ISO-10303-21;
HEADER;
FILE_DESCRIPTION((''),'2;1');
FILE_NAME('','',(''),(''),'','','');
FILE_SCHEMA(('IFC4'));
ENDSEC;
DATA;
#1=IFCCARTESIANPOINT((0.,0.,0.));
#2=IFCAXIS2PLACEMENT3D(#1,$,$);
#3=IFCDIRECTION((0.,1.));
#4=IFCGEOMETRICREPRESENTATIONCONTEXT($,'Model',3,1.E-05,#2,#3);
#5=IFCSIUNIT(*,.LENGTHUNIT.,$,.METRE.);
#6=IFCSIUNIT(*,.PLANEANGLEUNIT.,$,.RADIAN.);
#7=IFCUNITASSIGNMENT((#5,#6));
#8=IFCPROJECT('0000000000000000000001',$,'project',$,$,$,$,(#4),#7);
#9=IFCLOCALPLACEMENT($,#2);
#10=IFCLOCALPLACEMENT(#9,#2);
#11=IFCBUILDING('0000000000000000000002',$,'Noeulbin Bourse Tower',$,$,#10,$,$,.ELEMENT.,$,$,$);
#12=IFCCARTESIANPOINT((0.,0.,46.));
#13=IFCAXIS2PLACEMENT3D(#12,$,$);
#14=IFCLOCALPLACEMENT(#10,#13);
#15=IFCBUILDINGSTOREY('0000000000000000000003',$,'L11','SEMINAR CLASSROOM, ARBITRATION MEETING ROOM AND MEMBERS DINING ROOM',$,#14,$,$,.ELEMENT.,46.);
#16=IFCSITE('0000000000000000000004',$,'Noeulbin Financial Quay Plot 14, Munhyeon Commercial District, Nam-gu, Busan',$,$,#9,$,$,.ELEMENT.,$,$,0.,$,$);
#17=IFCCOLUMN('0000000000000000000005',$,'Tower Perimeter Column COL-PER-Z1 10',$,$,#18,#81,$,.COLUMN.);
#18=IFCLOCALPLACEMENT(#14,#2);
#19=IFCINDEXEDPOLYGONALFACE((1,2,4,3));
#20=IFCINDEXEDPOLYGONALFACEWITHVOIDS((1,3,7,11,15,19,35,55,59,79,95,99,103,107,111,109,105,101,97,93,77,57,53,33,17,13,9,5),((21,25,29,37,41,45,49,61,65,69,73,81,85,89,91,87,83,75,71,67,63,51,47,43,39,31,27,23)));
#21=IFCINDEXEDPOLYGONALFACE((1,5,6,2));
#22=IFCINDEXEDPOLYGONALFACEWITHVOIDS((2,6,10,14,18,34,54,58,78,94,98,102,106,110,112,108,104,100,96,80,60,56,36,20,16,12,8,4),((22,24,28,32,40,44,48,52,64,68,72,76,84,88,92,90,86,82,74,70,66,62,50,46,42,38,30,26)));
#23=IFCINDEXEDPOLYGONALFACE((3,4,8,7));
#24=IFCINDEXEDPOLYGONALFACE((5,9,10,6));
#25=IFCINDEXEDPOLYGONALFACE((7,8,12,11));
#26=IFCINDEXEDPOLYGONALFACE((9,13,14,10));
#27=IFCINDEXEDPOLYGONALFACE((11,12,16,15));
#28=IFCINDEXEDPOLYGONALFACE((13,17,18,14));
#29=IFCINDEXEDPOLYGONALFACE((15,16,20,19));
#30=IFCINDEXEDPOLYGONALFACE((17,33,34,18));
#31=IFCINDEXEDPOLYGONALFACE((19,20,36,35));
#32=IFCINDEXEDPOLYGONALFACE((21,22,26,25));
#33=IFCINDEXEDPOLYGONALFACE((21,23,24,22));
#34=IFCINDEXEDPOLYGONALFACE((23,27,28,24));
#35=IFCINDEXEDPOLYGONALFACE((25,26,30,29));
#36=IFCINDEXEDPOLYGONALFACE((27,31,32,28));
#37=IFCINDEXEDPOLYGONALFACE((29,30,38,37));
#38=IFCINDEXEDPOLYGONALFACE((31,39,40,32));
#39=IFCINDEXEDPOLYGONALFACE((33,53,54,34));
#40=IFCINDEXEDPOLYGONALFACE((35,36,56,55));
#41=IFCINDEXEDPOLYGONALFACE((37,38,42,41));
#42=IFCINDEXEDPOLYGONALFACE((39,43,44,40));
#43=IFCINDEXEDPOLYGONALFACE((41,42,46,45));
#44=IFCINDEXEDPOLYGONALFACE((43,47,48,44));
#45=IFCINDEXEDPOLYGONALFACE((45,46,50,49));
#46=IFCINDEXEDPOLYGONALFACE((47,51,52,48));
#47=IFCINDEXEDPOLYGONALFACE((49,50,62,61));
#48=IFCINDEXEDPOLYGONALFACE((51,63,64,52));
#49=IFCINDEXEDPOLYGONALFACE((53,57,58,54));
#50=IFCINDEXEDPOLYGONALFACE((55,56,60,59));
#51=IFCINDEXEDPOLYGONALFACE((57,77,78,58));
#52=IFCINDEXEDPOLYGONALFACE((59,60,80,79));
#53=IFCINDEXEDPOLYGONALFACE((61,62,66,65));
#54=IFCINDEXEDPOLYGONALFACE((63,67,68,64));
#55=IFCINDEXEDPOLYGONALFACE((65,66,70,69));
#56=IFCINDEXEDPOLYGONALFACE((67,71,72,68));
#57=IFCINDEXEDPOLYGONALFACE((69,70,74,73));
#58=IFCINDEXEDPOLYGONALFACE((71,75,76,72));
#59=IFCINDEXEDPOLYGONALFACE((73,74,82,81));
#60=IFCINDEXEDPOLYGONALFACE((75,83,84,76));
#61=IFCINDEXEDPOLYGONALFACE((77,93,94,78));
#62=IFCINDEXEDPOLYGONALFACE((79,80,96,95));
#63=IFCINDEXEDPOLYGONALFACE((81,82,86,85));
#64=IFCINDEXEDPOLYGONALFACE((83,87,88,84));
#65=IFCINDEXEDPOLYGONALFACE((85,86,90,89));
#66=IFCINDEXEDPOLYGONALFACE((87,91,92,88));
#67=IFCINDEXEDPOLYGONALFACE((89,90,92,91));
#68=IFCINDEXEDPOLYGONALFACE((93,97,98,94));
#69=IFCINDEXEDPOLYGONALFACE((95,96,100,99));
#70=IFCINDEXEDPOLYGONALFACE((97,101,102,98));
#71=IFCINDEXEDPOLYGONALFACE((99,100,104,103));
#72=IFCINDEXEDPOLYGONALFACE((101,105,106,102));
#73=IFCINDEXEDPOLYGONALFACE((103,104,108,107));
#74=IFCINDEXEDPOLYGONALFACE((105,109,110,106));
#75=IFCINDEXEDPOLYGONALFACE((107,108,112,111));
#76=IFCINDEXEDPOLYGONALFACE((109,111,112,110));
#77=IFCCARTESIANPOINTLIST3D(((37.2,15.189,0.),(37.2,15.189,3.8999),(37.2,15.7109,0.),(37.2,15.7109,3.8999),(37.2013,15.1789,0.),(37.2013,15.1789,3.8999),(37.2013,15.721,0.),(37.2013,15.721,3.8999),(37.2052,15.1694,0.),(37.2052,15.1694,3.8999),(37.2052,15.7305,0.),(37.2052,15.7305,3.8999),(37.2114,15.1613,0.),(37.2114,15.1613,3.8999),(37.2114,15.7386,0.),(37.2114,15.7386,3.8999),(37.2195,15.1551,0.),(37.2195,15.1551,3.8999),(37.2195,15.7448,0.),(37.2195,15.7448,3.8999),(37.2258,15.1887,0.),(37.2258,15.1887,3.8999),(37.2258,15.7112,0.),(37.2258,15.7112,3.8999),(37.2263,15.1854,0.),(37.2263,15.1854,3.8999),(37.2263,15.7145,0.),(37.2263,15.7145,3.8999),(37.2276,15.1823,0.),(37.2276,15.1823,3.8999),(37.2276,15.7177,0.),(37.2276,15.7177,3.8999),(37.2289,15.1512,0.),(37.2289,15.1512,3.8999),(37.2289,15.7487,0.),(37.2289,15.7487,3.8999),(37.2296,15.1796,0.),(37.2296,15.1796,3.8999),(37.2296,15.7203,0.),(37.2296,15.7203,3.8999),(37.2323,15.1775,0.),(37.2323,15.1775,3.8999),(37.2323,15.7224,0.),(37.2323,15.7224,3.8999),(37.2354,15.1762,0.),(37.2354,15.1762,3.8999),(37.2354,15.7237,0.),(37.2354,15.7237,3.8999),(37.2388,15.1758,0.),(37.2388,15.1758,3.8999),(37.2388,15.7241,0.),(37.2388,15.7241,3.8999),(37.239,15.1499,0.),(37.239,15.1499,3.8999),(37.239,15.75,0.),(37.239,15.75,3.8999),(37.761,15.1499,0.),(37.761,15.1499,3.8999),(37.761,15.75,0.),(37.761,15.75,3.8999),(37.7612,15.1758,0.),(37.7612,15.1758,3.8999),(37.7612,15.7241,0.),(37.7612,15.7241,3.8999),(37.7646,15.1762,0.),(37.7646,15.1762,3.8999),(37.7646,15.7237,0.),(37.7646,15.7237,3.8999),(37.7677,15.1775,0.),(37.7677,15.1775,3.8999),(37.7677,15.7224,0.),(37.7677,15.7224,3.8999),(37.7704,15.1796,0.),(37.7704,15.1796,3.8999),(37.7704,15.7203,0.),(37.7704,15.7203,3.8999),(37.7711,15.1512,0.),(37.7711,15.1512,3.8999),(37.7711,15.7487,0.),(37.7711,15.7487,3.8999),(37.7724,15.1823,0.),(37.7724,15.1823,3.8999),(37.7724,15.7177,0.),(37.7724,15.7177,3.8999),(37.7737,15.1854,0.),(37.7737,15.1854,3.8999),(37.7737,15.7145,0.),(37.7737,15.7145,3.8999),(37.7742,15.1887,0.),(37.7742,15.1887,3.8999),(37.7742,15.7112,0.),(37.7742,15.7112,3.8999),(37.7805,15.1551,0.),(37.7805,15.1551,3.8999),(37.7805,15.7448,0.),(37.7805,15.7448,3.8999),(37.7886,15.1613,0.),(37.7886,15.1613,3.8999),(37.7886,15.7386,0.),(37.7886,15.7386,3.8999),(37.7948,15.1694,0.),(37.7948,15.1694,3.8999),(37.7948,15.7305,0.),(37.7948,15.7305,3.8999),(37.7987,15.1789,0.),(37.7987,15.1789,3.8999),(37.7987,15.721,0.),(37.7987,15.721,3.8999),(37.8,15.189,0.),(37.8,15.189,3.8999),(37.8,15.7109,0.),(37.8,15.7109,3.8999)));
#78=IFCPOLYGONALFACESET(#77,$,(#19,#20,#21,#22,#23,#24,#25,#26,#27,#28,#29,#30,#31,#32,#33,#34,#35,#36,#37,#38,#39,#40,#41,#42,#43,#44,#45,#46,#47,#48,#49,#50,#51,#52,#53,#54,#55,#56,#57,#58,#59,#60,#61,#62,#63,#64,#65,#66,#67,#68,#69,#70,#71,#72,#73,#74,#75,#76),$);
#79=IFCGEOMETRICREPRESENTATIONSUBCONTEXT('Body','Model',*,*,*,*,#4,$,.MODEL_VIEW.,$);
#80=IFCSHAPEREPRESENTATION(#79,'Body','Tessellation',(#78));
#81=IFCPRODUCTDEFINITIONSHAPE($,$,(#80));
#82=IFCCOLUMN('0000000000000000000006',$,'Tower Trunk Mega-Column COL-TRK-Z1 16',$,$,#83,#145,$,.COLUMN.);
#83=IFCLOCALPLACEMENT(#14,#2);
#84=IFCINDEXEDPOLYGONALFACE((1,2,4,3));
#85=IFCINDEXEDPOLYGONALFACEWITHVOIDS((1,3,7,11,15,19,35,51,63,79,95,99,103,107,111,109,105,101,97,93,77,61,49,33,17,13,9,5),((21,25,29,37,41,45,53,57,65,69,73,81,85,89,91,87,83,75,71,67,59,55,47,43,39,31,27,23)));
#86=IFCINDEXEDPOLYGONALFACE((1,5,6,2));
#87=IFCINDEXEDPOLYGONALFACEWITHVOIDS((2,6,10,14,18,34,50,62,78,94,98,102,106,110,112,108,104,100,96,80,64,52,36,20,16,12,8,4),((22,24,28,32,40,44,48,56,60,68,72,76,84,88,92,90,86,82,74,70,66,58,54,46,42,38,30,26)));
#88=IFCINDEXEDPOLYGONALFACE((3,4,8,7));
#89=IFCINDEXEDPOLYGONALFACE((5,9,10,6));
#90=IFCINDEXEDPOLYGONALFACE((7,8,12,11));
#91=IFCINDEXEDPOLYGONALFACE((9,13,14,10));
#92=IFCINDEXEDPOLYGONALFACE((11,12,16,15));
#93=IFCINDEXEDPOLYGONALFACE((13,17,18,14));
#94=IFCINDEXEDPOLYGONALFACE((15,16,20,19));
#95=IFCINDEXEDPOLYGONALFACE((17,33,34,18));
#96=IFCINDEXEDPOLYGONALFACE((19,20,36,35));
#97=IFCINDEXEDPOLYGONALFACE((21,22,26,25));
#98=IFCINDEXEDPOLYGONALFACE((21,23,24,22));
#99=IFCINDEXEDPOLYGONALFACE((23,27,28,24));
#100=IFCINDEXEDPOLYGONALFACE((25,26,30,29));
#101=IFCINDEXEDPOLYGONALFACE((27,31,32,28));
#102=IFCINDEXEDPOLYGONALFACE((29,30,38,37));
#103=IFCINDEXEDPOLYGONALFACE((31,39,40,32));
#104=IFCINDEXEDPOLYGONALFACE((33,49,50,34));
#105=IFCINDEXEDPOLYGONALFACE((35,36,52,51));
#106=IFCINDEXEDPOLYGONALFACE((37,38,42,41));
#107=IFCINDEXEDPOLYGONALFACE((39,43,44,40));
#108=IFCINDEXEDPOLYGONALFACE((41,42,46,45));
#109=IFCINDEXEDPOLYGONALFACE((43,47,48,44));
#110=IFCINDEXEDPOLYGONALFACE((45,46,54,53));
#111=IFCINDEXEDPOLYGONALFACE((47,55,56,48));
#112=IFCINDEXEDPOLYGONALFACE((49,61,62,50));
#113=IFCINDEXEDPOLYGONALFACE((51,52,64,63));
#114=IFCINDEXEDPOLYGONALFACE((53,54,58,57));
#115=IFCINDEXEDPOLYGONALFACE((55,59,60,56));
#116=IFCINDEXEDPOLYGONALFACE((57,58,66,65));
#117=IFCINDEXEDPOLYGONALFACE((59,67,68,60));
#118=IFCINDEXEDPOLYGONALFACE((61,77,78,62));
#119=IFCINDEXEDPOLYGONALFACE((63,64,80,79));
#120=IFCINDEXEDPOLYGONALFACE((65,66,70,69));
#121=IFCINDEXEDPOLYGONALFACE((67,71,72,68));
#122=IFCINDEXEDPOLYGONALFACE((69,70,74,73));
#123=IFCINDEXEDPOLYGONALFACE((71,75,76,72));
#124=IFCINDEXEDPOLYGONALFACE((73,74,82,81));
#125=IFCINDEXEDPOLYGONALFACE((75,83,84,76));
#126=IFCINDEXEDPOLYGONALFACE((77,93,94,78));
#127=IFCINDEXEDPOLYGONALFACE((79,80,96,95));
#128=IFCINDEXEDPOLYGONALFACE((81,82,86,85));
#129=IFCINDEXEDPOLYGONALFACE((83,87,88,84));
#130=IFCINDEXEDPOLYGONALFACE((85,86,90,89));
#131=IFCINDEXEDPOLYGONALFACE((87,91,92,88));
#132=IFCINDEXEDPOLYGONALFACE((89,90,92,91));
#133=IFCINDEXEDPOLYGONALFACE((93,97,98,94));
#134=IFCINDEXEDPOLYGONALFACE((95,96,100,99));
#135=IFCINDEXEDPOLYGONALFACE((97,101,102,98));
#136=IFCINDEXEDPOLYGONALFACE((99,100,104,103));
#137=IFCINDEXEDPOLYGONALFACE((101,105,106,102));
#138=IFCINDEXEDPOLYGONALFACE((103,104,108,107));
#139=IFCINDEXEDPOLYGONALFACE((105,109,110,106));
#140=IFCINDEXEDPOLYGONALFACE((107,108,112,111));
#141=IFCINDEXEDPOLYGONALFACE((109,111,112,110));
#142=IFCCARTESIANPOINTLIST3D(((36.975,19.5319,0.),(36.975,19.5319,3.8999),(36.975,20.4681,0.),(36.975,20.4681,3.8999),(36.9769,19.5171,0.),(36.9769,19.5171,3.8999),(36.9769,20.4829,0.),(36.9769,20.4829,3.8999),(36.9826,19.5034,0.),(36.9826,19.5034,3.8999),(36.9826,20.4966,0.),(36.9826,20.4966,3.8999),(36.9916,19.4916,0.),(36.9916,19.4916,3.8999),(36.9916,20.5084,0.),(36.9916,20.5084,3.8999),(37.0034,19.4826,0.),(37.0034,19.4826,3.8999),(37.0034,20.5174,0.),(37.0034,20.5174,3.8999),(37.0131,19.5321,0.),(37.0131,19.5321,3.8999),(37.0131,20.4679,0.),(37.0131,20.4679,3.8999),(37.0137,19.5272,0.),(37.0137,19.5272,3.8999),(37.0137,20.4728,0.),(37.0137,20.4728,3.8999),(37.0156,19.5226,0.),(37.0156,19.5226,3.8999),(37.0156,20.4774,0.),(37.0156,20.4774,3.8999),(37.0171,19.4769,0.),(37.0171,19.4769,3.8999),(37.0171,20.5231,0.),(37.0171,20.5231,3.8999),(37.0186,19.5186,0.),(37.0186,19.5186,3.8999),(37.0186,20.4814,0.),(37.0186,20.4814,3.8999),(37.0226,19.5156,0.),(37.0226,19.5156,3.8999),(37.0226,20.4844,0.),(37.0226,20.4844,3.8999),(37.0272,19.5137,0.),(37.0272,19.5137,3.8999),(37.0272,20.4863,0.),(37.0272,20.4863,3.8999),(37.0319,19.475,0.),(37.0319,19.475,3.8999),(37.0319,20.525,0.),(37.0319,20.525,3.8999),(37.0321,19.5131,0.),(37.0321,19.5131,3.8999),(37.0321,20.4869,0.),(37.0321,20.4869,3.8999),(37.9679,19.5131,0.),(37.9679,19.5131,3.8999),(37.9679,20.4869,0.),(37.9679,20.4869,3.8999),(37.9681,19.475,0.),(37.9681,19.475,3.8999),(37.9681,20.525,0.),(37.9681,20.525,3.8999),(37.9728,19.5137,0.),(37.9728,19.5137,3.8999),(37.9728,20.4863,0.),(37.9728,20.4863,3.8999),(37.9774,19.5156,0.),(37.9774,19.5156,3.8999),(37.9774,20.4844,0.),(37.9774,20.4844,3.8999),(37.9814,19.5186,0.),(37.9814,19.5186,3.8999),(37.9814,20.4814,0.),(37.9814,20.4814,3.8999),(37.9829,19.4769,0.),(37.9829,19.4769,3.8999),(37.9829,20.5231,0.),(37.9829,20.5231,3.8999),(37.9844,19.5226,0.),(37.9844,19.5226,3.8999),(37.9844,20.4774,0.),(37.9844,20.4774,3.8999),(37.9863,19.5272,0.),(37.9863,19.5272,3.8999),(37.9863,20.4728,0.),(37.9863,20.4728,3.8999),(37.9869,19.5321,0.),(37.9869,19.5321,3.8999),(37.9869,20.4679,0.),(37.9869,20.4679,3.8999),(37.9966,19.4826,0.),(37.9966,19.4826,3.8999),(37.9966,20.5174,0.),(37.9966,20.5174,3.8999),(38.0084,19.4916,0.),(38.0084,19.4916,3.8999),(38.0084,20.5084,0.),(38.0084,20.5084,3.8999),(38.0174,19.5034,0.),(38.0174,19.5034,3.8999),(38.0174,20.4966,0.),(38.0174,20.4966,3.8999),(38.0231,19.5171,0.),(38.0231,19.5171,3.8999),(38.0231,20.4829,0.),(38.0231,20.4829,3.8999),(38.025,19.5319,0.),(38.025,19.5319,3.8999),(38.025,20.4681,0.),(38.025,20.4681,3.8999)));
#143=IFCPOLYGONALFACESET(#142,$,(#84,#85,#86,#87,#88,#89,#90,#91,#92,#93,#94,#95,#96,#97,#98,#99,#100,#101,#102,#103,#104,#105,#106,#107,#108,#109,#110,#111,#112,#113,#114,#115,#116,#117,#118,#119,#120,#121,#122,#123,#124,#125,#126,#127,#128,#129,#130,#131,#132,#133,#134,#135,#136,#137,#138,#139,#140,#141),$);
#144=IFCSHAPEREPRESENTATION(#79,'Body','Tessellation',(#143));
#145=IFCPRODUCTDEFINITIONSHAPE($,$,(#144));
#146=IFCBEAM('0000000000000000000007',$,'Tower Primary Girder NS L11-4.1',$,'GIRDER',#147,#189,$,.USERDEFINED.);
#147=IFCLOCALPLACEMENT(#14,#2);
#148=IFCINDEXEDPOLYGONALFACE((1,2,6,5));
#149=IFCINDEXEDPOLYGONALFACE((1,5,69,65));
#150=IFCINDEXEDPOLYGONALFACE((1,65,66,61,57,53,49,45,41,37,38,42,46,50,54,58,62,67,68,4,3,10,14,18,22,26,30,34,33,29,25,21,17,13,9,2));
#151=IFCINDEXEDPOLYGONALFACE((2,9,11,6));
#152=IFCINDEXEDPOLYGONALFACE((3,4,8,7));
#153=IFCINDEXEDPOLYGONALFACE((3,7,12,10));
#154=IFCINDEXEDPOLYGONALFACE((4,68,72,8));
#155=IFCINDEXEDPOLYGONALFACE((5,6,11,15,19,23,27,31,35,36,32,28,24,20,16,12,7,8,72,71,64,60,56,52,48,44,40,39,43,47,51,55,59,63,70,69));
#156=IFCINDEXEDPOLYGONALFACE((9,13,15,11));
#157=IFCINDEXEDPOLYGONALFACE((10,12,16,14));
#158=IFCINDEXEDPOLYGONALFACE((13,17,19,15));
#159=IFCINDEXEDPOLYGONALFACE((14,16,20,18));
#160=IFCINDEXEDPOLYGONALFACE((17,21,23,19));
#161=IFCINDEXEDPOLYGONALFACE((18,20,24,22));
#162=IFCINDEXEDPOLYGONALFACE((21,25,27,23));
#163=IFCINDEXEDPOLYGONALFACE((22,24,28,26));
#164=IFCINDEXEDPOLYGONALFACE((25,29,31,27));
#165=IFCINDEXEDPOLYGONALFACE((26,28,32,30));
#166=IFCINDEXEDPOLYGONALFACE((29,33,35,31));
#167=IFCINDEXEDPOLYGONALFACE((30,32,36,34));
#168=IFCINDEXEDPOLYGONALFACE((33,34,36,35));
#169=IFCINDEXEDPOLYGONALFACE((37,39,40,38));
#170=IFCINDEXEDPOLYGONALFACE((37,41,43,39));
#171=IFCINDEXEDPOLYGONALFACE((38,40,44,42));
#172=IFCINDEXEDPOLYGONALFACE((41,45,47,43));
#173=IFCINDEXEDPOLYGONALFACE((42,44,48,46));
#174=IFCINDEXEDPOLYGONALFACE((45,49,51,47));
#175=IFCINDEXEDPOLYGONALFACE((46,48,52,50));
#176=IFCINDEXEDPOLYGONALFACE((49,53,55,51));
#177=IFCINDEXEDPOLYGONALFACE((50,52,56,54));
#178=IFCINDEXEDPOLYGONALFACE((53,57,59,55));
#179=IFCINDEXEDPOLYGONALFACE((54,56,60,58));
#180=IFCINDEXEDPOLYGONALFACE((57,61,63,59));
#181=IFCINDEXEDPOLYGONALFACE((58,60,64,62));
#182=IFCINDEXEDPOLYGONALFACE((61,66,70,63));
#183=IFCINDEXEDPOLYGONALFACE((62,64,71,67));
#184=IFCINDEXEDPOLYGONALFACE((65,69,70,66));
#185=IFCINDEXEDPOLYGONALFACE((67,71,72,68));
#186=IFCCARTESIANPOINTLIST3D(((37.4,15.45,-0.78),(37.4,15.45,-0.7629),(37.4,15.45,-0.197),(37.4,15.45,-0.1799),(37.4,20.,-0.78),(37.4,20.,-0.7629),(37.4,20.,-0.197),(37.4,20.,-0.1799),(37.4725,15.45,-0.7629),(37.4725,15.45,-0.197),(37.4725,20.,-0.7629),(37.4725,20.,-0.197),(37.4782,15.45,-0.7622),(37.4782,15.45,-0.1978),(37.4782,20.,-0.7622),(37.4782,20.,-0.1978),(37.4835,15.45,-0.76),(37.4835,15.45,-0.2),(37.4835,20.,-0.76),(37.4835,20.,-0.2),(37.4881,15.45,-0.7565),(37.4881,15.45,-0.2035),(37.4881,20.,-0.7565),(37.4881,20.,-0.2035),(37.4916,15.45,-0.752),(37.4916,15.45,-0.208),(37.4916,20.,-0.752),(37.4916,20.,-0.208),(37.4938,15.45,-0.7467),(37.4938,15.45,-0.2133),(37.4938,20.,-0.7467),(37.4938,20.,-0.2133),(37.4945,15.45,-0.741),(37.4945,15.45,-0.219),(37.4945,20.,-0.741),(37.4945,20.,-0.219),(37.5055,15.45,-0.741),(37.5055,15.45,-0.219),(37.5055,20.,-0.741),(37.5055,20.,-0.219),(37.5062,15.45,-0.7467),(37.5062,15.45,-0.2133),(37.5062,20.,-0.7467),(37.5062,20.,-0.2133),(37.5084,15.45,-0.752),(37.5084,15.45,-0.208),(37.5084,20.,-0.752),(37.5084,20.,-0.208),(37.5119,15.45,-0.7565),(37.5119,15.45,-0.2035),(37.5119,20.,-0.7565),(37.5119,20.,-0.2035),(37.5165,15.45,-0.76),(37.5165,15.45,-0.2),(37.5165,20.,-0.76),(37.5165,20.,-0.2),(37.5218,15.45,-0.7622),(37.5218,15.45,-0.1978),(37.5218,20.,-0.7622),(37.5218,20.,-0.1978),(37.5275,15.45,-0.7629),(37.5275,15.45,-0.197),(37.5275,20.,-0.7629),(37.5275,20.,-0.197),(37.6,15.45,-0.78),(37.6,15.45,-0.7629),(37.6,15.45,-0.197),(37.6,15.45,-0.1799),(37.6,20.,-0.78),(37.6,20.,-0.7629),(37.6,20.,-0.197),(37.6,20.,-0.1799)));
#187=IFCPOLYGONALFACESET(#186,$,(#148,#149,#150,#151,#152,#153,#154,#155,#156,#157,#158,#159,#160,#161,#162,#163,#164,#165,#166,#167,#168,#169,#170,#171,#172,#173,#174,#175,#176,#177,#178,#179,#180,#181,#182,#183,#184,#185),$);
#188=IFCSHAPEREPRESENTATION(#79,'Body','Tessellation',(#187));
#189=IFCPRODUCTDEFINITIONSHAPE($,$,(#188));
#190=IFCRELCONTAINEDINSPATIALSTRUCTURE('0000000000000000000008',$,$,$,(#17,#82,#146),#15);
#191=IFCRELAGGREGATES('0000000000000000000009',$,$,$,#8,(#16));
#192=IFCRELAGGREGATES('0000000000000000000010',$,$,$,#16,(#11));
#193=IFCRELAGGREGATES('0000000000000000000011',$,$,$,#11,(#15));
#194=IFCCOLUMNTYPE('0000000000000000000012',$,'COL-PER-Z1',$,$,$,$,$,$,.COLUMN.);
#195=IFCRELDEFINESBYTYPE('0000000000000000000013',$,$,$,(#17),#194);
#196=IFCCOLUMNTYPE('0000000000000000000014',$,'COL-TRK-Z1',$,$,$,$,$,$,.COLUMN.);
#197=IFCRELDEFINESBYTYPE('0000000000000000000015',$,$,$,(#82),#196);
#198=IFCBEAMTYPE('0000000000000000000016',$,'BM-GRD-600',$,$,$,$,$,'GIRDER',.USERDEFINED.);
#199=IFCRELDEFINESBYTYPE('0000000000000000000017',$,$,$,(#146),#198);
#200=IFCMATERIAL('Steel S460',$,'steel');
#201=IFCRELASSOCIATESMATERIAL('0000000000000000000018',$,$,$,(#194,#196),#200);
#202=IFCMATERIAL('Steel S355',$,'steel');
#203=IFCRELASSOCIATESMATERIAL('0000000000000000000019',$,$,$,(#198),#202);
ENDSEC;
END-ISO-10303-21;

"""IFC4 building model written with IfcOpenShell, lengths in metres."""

from ifc_helpers import new_model, si_unit, direction, frame, origin, origin_2d, place, context, subcontext, project, spatial, hollow_rectangle, i_section, extrude, material, material_profile, profile_set, type_object, element, save


model = new_model("IFC4")

# Units and contexts
model_context = context("Model", 3, precision=1e-05, world=origin(), true_north=direction((0.0, 1.0)))
body_context = subcontext(model_context, "Body", "Model", "MODEL_VIEW")
ifc_project = project(units=[si_unit("LENGTHUNIT", "METRE"), si_unit("PLANEANGLEUNIT", "RADIAN")], contexts=[model_context])

# Site, building, storey
site_placement = place(None, origin())
site = spatial("IfcSite", under=ifc_project, at=site_placement, Name="Noeulbin Financial Quay Plot 14, Munhyeon Commercial District, Nam-gu, Busan", CompositionType="ELEMENT", RefElevation=0.0)
building_placement = place(site_placement, origin())
building = spatial("IfcBuilding", under=site, at=building_placement, Name="Noeulbin Bourse Tower", CompositionType="ELEMENT")
storey_placement = place(building_placement, frame((0.0, 0.0, 46.0)))
storey = spatial("IfcBuildingStorey", under=building, at=storey_placement, Name="L11", Description="SEMINAR CLASSROOM, ARBITRATION MEETING ROOM AND MEMBERS DINING ROOM", CompositionType="ELEMENT", Elevation=46.0)

# Columns
ifc_material_1 = material(Name="Steel S460", Category="steel")
ifc_material_profile_1 = material_profile(ifc_material_1, hollow_rectangle(XDim=0.6001, YDim=0.6001, WallThickness=0.0259, InnerFilletRadius=0.0129, OuterFilletRadius=0.0391, at=origin_2d()), Name="BOX-600x600x26", Category="LoadBearing")
ifc_profile_set_1 = profile_set([ifc_material_profile_1], Name="Steel S460")
column_type_1 = type_object("IfcColumnType", Name="COL-PER-Z1", PredefinedType="COLUMN", material=ifc_profile_set_1)
column_1_placement = place(storey_placement, frame((37.5, 15.45, 0.0), z_axis=(0.0, 0.0, 1.0), x_axis=(1.0, 0.0, 0.0)))
element("IfcColumn", 1, at=column_1_placement, inside=storey, type_object=column_type_1, Name="Tower Perimeter Column COL-PER-Z1 10", PredefinedType="COLUMN", context=body_context, shape_type="SweptSolid", body=[
    extrude(hollow_rectangle(XDim=0.6001, YDim=0.6001, WallThickness=0.0259, InnerFilletRadius=0.0129, OuterFilletRadius=0.0391, at=origin_2d()), origin(), (0.0, 0.0, 1.0), 3.8999),
])
ifc_material_profile_2 = material_profile(ifc_material_1, hollow_rectangle(XDim=1.05, YDim=1.05, WallThickness=0.0381, InnerFilletRadius=0.019, OuterFilletRadius=0.0569, at=origin_2d()), Name="BOX-1050x1050x38", Category="LoadBearing")
ifc_profile_set_2 = profile_set([ifc_material_profile_2], Name="Steel S460")
column_type_2 = type_object("IfcColumnType", Name="COL-TRK-Z1", PredefinedType="COLUMN", material=ifc_profile_set_2)
column_2_placement = place(storey_placement, frame((37.5, 20.0, 0.0), z_axis=(0.0, 0.0, 1.0), x_axis=(1.0, 0.0, 0.0)))
element("IfcColumn", 2, at=column_2_placement, inside=storey, type_object=column_type_2, Name="Tower Trunk Mega-Column COL-TRK-Z1 16", PredefinedType="COLUMN", context=body_context, shape_type="SweptSolid", body=[
    extrude(hollow_rectangle(XDim=1.05, YDim=1.05, WallThickness=0.0381, InnerFilletRadius=0.019, OuterFilletRadius=0.0569, at=origin_2d()), origin(), (0.0, 0.0, 1.0), 3.8999),
])

# Beam
ifc_material_2 = material(Name="Steel S355", Category="steel")
ifc_material_profile_3 = material_profile(ifc_material_2, i_section(OverallWidth=0.2, OverallDepth=0.6001, WebThickness=0.011, FlangeThickness=0.0171, FilletRadius=0.022, at=origin_2d()), Name="H-600x200x11x17", Category="LoadBearing")
ifc_profile_set_3 = profile_set([ifc_material_profile_3], Name="Steel S355")
beam_type_1 = type_object("IfcBeamType", Name="BM-GRD-600", ElementType="GIRDER", PredefinedType="USERDEFINED", material=ifc_profile_set_3)
beam_1_placement = place(storey_placement, frame((37.5, 15.45, -0.48), z_axis=(0.0, 1.0, 0.0), x_axis=(-1.0, 0.0, 0.0)))
element("IfcBeam", 3, at=beam_1_placement, inside=storey, type_object=beam_type_1, Name="Tower Primary Girder NS L11-4.1", ObjectType="GIRDER", PredefinedType="USERDEFINED", context=body_context, shape_type="SweptSolid", body=[
    extrude(i_section(OverallWidth=0.2, OverallDepth=0.6001, WebThickness=0.011, FlangeThickness=0.0171, FilletRadius=0.022, at=origin_2d()), origin(), (0.0, 0.0, 1.0), 4.55),
])

save(model, "model.ifc")
